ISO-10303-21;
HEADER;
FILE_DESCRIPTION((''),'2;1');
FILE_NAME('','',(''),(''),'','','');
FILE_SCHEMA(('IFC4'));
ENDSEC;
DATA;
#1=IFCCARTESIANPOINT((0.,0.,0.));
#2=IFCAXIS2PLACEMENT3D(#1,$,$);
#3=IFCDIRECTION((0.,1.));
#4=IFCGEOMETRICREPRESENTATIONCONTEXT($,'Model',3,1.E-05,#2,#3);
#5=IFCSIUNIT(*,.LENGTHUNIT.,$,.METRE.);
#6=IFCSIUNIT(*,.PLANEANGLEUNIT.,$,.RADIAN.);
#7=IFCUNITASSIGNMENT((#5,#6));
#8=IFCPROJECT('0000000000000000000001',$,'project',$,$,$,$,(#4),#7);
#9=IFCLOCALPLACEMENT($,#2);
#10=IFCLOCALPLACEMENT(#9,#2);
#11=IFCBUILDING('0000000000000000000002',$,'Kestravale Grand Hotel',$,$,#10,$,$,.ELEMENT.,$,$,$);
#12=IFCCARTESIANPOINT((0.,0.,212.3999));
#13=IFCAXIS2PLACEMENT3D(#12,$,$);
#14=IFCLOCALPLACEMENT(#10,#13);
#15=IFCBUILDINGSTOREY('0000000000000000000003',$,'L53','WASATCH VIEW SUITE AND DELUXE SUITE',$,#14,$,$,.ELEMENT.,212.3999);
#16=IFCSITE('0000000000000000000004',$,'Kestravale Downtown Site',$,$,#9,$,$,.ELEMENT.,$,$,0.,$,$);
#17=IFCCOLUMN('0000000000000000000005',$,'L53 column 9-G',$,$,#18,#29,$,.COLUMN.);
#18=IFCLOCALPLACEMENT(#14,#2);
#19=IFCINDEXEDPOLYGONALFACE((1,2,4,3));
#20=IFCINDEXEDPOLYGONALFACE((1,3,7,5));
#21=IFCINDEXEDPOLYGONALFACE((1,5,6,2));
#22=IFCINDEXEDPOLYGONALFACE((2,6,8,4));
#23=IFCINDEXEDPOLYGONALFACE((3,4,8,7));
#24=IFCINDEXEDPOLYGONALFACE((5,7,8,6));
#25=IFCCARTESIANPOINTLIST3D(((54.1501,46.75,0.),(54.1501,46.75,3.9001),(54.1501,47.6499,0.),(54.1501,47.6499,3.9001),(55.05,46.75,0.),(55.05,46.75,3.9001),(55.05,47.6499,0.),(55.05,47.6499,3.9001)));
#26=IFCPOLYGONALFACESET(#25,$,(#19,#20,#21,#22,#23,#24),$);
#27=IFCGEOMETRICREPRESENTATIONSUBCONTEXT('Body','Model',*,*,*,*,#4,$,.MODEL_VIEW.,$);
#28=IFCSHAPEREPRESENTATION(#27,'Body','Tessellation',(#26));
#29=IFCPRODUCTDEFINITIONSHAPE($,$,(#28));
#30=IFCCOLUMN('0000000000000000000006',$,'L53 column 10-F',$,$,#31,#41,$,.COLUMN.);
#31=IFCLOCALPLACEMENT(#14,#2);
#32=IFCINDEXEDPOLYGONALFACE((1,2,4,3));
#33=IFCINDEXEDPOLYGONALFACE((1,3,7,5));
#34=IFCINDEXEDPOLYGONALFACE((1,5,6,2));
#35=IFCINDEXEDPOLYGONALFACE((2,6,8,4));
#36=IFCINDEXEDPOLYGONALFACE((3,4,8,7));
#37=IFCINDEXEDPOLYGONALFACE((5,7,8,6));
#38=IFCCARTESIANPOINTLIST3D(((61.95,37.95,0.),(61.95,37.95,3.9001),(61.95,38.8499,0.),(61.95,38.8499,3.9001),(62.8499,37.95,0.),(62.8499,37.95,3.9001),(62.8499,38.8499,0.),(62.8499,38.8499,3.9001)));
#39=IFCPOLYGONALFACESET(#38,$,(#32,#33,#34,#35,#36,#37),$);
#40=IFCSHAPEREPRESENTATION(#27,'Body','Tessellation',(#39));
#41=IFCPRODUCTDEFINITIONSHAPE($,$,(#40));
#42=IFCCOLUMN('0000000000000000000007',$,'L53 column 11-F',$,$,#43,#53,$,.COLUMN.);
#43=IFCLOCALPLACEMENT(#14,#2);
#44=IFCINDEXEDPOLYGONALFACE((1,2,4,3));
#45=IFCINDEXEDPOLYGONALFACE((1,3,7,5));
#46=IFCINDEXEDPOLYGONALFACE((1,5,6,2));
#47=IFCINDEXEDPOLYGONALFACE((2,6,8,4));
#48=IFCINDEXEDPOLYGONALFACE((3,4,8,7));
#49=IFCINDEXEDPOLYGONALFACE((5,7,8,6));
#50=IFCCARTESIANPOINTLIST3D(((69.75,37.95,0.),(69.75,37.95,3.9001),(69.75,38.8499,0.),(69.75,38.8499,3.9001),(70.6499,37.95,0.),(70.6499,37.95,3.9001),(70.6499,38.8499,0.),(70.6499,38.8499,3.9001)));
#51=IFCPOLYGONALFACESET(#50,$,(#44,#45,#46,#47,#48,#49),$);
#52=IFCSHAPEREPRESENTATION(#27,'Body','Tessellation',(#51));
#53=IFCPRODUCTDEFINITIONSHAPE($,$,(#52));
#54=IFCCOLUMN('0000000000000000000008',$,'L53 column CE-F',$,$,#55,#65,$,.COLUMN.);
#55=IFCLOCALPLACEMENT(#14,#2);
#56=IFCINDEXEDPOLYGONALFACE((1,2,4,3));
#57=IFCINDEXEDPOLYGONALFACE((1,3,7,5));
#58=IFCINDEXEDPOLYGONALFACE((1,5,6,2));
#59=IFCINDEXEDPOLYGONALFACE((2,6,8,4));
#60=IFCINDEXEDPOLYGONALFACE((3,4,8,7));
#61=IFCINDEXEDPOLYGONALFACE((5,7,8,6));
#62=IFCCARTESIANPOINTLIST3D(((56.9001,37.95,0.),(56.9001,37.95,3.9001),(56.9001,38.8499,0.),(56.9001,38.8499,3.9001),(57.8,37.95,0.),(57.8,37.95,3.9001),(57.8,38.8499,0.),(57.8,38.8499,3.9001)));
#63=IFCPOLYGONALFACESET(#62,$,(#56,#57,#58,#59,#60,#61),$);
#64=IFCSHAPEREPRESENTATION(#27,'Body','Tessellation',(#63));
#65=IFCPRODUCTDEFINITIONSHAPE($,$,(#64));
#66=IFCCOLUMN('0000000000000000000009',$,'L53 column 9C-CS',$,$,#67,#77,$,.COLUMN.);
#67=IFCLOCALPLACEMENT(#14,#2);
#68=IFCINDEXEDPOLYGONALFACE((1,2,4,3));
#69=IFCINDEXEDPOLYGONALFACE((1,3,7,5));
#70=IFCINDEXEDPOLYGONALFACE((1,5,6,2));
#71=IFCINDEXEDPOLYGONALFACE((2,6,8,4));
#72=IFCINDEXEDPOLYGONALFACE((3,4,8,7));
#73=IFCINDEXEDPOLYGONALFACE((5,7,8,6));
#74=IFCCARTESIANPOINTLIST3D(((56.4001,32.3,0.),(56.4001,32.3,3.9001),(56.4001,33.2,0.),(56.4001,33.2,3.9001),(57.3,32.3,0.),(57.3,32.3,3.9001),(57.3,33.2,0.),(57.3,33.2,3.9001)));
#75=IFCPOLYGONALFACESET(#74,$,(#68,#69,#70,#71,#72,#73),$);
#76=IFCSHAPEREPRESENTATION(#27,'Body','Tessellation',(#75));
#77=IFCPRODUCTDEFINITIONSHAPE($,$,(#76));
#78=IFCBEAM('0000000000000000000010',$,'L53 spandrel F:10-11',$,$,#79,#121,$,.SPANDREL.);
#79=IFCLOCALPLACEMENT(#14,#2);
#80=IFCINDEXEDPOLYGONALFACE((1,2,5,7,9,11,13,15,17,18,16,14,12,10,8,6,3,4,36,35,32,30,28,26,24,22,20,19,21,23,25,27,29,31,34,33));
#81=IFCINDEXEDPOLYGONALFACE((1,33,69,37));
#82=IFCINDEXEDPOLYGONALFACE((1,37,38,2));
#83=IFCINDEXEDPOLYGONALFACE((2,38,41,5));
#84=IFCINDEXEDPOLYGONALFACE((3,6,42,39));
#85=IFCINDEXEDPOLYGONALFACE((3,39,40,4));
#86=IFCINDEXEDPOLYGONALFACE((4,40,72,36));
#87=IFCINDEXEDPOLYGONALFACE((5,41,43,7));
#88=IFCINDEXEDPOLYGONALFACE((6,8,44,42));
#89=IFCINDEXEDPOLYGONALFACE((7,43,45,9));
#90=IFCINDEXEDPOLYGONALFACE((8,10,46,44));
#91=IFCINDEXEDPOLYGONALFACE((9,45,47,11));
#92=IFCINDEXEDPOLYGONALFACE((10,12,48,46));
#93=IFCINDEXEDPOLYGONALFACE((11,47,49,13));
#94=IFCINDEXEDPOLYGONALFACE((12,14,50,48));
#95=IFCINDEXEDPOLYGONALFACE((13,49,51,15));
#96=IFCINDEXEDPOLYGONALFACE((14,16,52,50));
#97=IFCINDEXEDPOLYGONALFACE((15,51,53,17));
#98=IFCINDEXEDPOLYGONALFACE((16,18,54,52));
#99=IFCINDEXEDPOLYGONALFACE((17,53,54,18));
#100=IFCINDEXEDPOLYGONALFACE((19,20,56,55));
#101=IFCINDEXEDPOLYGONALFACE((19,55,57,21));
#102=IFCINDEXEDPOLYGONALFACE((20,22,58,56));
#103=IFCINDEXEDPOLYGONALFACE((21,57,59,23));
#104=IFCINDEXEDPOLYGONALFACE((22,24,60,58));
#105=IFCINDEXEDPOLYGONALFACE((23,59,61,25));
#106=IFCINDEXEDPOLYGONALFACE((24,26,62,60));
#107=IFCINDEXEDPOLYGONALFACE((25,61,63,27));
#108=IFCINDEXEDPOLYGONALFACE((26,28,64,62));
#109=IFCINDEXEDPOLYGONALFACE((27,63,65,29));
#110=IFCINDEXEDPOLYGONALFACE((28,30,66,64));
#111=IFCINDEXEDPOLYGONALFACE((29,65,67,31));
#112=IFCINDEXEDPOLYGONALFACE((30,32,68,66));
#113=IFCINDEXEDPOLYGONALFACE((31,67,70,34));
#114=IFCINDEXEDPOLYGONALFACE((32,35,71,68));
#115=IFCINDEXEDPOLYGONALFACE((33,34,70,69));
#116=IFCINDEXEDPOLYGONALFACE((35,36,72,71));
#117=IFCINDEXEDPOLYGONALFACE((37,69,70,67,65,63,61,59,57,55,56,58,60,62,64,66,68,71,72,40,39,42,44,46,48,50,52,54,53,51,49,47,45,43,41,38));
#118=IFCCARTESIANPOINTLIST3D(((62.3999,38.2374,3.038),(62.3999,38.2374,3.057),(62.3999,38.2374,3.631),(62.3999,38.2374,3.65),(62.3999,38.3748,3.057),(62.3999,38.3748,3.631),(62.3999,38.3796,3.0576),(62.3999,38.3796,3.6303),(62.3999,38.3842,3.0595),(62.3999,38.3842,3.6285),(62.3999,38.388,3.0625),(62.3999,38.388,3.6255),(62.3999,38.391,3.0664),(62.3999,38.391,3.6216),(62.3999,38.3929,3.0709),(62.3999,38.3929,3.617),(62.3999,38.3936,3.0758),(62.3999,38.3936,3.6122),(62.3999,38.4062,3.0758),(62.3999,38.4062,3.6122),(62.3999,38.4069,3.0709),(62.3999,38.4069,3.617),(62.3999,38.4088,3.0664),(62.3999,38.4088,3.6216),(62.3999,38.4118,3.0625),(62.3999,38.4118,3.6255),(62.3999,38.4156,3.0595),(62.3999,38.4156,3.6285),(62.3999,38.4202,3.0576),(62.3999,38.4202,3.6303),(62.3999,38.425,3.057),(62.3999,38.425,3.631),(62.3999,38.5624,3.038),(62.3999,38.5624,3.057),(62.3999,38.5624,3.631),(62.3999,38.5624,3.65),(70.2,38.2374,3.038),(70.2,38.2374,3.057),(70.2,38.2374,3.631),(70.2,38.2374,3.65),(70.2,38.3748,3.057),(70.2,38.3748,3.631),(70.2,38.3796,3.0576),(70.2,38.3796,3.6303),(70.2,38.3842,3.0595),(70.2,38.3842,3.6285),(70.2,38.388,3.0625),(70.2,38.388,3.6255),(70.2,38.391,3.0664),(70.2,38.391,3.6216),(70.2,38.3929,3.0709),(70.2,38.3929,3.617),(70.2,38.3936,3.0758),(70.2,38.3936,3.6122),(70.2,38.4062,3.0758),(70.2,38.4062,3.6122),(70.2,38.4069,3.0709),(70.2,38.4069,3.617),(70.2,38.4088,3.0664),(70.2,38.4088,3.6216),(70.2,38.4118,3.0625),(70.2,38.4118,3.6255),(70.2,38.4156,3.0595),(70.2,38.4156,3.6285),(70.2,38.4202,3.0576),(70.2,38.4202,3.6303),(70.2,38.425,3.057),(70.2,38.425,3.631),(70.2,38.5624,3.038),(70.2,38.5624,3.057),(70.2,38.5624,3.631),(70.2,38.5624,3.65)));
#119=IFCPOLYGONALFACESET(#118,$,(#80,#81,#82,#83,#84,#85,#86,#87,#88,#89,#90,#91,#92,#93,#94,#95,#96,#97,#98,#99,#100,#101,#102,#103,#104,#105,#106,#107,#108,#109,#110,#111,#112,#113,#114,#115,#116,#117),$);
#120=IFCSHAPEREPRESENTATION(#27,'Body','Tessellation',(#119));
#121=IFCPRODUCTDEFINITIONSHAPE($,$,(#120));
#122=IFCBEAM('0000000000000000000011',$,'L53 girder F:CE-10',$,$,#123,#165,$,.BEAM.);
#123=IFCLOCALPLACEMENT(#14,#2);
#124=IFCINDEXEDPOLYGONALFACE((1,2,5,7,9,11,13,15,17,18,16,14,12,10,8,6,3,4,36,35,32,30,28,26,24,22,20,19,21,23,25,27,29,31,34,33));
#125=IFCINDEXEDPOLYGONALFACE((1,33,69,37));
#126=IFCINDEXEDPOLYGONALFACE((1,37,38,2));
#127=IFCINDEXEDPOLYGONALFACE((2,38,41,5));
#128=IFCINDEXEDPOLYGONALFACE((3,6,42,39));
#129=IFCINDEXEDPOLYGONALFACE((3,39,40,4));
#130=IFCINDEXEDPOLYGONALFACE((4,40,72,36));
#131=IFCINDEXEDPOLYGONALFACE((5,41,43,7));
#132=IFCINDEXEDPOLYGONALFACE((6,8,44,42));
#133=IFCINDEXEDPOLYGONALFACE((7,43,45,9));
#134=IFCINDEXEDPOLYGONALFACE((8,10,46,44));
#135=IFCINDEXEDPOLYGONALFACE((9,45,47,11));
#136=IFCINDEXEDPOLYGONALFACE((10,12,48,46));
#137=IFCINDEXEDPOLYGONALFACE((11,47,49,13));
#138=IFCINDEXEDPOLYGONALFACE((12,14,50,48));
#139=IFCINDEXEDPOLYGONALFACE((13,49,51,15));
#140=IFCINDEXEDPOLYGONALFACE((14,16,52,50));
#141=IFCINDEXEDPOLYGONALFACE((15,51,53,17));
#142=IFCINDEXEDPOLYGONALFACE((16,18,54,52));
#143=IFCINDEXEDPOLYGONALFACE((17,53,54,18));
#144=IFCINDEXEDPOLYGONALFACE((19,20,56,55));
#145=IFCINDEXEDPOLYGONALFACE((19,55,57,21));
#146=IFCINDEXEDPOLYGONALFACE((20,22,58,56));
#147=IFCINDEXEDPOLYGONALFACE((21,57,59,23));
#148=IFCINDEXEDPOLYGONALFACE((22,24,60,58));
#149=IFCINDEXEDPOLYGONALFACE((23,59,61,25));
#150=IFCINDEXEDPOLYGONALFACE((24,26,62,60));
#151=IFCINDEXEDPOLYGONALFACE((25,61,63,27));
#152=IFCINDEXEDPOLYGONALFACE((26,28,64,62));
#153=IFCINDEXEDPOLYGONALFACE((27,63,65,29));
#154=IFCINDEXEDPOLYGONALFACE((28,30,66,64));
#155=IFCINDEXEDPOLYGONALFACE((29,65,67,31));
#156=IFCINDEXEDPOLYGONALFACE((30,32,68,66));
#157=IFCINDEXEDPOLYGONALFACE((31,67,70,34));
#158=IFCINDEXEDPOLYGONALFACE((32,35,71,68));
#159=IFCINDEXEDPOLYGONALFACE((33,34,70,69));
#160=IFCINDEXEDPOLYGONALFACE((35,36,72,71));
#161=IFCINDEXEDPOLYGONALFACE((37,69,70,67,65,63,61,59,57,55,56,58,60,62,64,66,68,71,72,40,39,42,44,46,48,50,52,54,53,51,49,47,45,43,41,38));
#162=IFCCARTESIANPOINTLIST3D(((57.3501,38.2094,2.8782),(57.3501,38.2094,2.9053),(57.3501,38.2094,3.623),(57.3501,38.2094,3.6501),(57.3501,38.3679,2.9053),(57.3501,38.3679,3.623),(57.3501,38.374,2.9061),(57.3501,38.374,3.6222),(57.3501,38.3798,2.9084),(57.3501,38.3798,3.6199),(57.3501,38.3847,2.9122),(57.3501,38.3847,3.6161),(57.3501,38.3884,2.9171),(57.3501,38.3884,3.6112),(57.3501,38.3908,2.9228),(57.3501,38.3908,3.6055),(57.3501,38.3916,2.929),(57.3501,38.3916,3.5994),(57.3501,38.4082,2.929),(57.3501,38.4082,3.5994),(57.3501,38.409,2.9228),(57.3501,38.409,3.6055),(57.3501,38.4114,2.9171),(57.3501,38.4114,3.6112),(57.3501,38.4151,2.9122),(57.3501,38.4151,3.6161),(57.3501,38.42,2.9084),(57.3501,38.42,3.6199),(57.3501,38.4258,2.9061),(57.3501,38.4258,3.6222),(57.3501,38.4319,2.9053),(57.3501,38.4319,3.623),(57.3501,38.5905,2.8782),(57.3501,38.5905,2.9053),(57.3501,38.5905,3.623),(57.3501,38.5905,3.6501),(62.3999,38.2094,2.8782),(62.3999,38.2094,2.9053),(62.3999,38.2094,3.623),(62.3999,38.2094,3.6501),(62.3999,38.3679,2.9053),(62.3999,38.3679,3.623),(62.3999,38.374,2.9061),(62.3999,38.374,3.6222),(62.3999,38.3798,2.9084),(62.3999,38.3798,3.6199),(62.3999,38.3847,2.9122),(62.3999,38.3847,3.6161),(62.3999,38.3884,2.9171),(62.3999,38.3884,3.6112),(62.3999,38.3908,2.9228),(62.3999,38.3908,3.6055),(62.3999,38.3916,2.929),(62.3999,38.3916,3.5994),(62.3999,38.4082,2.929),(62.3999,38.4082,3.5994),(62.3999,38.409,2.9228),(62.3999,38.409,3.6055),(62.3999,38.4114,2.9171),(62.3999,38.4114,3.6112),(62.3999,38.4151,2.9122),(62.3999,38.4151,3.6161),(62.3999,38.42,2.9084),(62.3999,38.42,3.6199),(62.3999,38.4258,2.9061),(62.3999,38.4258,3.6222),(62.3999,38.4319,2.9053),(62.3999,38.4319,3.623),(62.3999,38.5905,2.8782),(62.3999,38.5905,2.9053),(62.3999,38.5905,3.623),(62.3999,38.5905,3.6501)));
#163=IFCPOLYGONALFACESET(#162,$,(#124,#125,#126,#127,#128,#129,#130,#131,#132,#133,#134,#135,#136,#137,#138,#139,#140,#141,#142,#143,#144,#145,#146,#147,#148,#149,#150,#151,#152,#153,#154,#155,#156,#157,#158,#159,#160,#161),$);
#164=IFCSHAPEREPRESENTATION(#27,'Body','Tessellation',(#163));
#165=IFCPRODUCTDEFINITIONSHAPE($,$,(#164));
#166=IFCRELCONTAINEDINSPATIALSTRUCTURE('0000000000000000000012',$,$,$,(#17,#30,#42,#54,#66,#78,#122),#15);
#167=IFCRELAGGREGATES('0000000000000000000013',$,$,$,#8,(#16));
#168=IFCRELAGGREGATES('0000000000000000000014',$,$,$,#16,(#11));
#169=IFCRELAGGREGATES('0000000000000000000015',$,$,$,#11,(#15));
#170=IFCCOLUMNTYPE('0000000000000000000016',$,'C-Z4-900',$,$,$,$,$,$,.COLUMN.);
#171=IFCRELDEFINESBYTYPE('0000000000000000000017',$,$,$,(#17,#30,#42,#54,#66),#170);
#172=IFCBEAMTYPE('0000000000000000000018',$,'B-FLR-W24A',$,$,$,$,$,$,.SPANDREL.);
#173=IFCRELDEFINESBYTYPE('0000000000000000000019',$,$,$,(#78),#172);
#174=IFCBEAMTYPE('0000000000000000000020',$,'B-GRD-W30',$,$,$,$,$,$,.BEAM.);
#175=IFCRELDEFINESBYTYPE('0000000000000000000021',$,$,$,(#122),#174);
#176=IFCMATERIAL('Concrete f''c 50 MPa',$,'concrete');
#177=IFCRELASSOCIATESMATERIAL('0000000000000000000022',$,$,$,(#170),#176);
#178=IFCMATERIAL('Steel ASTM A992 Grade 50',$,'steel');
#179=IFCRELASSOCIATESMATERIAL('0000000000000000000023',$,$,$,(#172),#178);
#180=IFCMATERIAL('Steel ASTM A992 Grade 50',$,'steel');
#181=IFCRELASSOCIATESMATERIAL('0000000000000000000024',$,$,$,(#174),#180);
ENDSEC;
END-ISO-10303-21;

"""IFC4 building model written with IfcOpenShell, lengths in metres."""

from ifc_helpers import new_model, si_unit, direction, frame, origin, origin_2d, place, context, subcontext, project, spatial, rectangle, i_section, extrude, material, material_profile, profile_set, type_object, element, save


model = new_model("IFC4")

# Units and contexts
model_context = context("Model", 3, precision=1e-05, world=origin(), true_north=direction((0.0, 1.0)))
body_context = subcontext(model_context, "Body", "Model", "MODEL_VIEW")
ifc_project = project(units=[si_unit("LENGTHUNIT", "METRE"), si_unit("PLANEANGLEUNIT", "RADIAN")], contexts=[model_context])

# Site, building, storey
site_placement = place(None, origin())
site = spatial("IfcSite", under=ifc_project, at=site_placement, Name="Kestravale Downtown Site", CompositionType="ELEMENT", RefElevation=0.0)
building_placement = place(site_placement, origin())
building = spatial("IfcBuilding", under=site, at=building_placement, Name="Kestravale Grand Hotel", CompositionType="ELEMENT")
storey_placement = place(building_placement, frame((0.0, 0.0, 212.3999)))
storey = spatial("IfcBuildingStorey", under=building, at=storey_placement, Name="L53", Description="WASATCH VIEW SUITE AND DELUXE SUITE", CompositionType="ELEMENT", Elevation=212.3999)

# Columns
ifc_material_1 = material(Name="Concrete f'c 50 MPa", Category="concrete")
ifc_material_profile_1 = material_profile(ifc_material_1, rectangle(XDim=0.8999, YDim=0.8999, at=origin_2d()))
ifc_profile_set_1 = profile_set([ifc_material_profile_1], Name="Concrete f'c 50 MPa")
column_type = type_object("IfcColumnType", Name="C-Z4-900", PredefinedType="COLUMN", material=ifc_profile_set_1)
for number, where, z_axis, x_axis, name in (
    (1, (54.6001, 47.2, 0.0), (0.0, 0.0, 1.0), (1.0, 0.0, 0.0), "L53 column 9-G"),
    (2, (62.3999, 38.3999, 0.0), (0.0, 0.0, 1.0), (1.0, 0.0, 0.0), "L53 column 10-F"),
    (3, (70.2, 38.3999, 0.0), (0.0, 0.0, 1.0), (1.0, 0.0, 0.0), "L53 column 11-F"),
    (4, (57.3501, 38.3999, 0.0), (0.0, 0.0, 1.0), (1.0, 0.0, 0.0), "L53 column CE-F"),
    (5, (56.8501, 32.75, 0.0), (0.0, 0.0, 1.0), (1.0, 0.0, 0.0), "L53 column 9C-CS"),
):
    element("IfcColumn", number, at=place(storey_placement, frame(where, z_axis=z_axis, x_axis=x_axis)), inside=storey, type_object=column_type, Name=name, PredefinedType="COLUMN", context=body_context, shape_type="SweptSolid", body=[
        extrude(rectangle(XDim=0.8999, YDim=0.8999, at=origin_2d()), origin(), (0.0, 0.0, 1.0), 3.9001),
    ])

# Beams
ifc_material_2 = material(Name="Steel ASTM A992 Grade 50", Category="steel")
ifc_material_profile_2 = material_profile(ifc_material_2, i_section(OverallWidth=0.325, OverallDepth=0.6121, WebThickness=0.0127, FlangeThickness=0.019, FilletRadius=0.0188, at=origin_2d()))
ifc_profile_set_2 = profile_set([ifc_material_profile_2], Name="Steel ASTM A992 Grade 50")
beam_type_1 = type_object("IfcBeamType", Name="B-FLR-W24A", PredefinedType="SPANDREL", material=ifc_profile_set_2)
beam_1_placement = place(storey_placement, frame((62.3999, 38.3999, 3.344), z_axis=(1.0, 0.0, 0.0), x_axis=(0.0, 1.0, 0.0)))
element("IfcBeam", 6, at=beam_1_placement, inside=storey, type_object=beam_type_1, Name="L53 spandrel F:10-11", PredefinedType="SPANDREL", context=body_context, shape_type="SweptSolid", body=[
    extrude(i_section(OverallWidth=0.325, OverallDepth=0.6121, WebThickness=0.0127, FlangeThickness=0.019, FilletRadius=0.0188, at=origin_2d()), origin(), (0.0, 0.0, 1.0), 7.8),
])
ifc_material_3 = material(Name="Steel ASTM A992 Grade 50", Category="steel")
ifc_material_profile_3 = material_profile(ifc_material_3, i_section(OverallWidth=0.3811, OverallDepth=0.772, WebThickness=0.0166, FlangeThickness=0.0271, FilletRadius=0.0237, at=origin_2d()))
ifc_profile_set_3 = profile_set([ifc_material_profile_3], Name="Steel ASTM A992 Grade 50")
beam_type_2 = type_object("IfcBeamType", Name="B-GRD-W30", PredefinedType="BEAM", material=ifc_profile_set_3)
beam_2_placement = place(storey_placement, frame((57.3501, 38.3999, 3.2642), z_axis=(1.0, 0.0, 0.0), x_axis=(0.0, 1.0, 0.0)))
element("IfcBeam", 7, at=beam_2_placement, inside=storey, type_object=beam_type_2, Name="L53 girder F:CE-10", PredefinedType="BEAM", context=body_context, shape_type="SweptSolid", body=[
    extrude(i_section(OverallWidth=0.3811, OverallDepth=0.772, WebThickness=0.0166, FlangeThickness=0.0271, FilletRadius=0.0237, at=origin_2d()), origin(), (0.0, 0.0, 1.0), 5.0498),
])

save(model, "model.ifc")
